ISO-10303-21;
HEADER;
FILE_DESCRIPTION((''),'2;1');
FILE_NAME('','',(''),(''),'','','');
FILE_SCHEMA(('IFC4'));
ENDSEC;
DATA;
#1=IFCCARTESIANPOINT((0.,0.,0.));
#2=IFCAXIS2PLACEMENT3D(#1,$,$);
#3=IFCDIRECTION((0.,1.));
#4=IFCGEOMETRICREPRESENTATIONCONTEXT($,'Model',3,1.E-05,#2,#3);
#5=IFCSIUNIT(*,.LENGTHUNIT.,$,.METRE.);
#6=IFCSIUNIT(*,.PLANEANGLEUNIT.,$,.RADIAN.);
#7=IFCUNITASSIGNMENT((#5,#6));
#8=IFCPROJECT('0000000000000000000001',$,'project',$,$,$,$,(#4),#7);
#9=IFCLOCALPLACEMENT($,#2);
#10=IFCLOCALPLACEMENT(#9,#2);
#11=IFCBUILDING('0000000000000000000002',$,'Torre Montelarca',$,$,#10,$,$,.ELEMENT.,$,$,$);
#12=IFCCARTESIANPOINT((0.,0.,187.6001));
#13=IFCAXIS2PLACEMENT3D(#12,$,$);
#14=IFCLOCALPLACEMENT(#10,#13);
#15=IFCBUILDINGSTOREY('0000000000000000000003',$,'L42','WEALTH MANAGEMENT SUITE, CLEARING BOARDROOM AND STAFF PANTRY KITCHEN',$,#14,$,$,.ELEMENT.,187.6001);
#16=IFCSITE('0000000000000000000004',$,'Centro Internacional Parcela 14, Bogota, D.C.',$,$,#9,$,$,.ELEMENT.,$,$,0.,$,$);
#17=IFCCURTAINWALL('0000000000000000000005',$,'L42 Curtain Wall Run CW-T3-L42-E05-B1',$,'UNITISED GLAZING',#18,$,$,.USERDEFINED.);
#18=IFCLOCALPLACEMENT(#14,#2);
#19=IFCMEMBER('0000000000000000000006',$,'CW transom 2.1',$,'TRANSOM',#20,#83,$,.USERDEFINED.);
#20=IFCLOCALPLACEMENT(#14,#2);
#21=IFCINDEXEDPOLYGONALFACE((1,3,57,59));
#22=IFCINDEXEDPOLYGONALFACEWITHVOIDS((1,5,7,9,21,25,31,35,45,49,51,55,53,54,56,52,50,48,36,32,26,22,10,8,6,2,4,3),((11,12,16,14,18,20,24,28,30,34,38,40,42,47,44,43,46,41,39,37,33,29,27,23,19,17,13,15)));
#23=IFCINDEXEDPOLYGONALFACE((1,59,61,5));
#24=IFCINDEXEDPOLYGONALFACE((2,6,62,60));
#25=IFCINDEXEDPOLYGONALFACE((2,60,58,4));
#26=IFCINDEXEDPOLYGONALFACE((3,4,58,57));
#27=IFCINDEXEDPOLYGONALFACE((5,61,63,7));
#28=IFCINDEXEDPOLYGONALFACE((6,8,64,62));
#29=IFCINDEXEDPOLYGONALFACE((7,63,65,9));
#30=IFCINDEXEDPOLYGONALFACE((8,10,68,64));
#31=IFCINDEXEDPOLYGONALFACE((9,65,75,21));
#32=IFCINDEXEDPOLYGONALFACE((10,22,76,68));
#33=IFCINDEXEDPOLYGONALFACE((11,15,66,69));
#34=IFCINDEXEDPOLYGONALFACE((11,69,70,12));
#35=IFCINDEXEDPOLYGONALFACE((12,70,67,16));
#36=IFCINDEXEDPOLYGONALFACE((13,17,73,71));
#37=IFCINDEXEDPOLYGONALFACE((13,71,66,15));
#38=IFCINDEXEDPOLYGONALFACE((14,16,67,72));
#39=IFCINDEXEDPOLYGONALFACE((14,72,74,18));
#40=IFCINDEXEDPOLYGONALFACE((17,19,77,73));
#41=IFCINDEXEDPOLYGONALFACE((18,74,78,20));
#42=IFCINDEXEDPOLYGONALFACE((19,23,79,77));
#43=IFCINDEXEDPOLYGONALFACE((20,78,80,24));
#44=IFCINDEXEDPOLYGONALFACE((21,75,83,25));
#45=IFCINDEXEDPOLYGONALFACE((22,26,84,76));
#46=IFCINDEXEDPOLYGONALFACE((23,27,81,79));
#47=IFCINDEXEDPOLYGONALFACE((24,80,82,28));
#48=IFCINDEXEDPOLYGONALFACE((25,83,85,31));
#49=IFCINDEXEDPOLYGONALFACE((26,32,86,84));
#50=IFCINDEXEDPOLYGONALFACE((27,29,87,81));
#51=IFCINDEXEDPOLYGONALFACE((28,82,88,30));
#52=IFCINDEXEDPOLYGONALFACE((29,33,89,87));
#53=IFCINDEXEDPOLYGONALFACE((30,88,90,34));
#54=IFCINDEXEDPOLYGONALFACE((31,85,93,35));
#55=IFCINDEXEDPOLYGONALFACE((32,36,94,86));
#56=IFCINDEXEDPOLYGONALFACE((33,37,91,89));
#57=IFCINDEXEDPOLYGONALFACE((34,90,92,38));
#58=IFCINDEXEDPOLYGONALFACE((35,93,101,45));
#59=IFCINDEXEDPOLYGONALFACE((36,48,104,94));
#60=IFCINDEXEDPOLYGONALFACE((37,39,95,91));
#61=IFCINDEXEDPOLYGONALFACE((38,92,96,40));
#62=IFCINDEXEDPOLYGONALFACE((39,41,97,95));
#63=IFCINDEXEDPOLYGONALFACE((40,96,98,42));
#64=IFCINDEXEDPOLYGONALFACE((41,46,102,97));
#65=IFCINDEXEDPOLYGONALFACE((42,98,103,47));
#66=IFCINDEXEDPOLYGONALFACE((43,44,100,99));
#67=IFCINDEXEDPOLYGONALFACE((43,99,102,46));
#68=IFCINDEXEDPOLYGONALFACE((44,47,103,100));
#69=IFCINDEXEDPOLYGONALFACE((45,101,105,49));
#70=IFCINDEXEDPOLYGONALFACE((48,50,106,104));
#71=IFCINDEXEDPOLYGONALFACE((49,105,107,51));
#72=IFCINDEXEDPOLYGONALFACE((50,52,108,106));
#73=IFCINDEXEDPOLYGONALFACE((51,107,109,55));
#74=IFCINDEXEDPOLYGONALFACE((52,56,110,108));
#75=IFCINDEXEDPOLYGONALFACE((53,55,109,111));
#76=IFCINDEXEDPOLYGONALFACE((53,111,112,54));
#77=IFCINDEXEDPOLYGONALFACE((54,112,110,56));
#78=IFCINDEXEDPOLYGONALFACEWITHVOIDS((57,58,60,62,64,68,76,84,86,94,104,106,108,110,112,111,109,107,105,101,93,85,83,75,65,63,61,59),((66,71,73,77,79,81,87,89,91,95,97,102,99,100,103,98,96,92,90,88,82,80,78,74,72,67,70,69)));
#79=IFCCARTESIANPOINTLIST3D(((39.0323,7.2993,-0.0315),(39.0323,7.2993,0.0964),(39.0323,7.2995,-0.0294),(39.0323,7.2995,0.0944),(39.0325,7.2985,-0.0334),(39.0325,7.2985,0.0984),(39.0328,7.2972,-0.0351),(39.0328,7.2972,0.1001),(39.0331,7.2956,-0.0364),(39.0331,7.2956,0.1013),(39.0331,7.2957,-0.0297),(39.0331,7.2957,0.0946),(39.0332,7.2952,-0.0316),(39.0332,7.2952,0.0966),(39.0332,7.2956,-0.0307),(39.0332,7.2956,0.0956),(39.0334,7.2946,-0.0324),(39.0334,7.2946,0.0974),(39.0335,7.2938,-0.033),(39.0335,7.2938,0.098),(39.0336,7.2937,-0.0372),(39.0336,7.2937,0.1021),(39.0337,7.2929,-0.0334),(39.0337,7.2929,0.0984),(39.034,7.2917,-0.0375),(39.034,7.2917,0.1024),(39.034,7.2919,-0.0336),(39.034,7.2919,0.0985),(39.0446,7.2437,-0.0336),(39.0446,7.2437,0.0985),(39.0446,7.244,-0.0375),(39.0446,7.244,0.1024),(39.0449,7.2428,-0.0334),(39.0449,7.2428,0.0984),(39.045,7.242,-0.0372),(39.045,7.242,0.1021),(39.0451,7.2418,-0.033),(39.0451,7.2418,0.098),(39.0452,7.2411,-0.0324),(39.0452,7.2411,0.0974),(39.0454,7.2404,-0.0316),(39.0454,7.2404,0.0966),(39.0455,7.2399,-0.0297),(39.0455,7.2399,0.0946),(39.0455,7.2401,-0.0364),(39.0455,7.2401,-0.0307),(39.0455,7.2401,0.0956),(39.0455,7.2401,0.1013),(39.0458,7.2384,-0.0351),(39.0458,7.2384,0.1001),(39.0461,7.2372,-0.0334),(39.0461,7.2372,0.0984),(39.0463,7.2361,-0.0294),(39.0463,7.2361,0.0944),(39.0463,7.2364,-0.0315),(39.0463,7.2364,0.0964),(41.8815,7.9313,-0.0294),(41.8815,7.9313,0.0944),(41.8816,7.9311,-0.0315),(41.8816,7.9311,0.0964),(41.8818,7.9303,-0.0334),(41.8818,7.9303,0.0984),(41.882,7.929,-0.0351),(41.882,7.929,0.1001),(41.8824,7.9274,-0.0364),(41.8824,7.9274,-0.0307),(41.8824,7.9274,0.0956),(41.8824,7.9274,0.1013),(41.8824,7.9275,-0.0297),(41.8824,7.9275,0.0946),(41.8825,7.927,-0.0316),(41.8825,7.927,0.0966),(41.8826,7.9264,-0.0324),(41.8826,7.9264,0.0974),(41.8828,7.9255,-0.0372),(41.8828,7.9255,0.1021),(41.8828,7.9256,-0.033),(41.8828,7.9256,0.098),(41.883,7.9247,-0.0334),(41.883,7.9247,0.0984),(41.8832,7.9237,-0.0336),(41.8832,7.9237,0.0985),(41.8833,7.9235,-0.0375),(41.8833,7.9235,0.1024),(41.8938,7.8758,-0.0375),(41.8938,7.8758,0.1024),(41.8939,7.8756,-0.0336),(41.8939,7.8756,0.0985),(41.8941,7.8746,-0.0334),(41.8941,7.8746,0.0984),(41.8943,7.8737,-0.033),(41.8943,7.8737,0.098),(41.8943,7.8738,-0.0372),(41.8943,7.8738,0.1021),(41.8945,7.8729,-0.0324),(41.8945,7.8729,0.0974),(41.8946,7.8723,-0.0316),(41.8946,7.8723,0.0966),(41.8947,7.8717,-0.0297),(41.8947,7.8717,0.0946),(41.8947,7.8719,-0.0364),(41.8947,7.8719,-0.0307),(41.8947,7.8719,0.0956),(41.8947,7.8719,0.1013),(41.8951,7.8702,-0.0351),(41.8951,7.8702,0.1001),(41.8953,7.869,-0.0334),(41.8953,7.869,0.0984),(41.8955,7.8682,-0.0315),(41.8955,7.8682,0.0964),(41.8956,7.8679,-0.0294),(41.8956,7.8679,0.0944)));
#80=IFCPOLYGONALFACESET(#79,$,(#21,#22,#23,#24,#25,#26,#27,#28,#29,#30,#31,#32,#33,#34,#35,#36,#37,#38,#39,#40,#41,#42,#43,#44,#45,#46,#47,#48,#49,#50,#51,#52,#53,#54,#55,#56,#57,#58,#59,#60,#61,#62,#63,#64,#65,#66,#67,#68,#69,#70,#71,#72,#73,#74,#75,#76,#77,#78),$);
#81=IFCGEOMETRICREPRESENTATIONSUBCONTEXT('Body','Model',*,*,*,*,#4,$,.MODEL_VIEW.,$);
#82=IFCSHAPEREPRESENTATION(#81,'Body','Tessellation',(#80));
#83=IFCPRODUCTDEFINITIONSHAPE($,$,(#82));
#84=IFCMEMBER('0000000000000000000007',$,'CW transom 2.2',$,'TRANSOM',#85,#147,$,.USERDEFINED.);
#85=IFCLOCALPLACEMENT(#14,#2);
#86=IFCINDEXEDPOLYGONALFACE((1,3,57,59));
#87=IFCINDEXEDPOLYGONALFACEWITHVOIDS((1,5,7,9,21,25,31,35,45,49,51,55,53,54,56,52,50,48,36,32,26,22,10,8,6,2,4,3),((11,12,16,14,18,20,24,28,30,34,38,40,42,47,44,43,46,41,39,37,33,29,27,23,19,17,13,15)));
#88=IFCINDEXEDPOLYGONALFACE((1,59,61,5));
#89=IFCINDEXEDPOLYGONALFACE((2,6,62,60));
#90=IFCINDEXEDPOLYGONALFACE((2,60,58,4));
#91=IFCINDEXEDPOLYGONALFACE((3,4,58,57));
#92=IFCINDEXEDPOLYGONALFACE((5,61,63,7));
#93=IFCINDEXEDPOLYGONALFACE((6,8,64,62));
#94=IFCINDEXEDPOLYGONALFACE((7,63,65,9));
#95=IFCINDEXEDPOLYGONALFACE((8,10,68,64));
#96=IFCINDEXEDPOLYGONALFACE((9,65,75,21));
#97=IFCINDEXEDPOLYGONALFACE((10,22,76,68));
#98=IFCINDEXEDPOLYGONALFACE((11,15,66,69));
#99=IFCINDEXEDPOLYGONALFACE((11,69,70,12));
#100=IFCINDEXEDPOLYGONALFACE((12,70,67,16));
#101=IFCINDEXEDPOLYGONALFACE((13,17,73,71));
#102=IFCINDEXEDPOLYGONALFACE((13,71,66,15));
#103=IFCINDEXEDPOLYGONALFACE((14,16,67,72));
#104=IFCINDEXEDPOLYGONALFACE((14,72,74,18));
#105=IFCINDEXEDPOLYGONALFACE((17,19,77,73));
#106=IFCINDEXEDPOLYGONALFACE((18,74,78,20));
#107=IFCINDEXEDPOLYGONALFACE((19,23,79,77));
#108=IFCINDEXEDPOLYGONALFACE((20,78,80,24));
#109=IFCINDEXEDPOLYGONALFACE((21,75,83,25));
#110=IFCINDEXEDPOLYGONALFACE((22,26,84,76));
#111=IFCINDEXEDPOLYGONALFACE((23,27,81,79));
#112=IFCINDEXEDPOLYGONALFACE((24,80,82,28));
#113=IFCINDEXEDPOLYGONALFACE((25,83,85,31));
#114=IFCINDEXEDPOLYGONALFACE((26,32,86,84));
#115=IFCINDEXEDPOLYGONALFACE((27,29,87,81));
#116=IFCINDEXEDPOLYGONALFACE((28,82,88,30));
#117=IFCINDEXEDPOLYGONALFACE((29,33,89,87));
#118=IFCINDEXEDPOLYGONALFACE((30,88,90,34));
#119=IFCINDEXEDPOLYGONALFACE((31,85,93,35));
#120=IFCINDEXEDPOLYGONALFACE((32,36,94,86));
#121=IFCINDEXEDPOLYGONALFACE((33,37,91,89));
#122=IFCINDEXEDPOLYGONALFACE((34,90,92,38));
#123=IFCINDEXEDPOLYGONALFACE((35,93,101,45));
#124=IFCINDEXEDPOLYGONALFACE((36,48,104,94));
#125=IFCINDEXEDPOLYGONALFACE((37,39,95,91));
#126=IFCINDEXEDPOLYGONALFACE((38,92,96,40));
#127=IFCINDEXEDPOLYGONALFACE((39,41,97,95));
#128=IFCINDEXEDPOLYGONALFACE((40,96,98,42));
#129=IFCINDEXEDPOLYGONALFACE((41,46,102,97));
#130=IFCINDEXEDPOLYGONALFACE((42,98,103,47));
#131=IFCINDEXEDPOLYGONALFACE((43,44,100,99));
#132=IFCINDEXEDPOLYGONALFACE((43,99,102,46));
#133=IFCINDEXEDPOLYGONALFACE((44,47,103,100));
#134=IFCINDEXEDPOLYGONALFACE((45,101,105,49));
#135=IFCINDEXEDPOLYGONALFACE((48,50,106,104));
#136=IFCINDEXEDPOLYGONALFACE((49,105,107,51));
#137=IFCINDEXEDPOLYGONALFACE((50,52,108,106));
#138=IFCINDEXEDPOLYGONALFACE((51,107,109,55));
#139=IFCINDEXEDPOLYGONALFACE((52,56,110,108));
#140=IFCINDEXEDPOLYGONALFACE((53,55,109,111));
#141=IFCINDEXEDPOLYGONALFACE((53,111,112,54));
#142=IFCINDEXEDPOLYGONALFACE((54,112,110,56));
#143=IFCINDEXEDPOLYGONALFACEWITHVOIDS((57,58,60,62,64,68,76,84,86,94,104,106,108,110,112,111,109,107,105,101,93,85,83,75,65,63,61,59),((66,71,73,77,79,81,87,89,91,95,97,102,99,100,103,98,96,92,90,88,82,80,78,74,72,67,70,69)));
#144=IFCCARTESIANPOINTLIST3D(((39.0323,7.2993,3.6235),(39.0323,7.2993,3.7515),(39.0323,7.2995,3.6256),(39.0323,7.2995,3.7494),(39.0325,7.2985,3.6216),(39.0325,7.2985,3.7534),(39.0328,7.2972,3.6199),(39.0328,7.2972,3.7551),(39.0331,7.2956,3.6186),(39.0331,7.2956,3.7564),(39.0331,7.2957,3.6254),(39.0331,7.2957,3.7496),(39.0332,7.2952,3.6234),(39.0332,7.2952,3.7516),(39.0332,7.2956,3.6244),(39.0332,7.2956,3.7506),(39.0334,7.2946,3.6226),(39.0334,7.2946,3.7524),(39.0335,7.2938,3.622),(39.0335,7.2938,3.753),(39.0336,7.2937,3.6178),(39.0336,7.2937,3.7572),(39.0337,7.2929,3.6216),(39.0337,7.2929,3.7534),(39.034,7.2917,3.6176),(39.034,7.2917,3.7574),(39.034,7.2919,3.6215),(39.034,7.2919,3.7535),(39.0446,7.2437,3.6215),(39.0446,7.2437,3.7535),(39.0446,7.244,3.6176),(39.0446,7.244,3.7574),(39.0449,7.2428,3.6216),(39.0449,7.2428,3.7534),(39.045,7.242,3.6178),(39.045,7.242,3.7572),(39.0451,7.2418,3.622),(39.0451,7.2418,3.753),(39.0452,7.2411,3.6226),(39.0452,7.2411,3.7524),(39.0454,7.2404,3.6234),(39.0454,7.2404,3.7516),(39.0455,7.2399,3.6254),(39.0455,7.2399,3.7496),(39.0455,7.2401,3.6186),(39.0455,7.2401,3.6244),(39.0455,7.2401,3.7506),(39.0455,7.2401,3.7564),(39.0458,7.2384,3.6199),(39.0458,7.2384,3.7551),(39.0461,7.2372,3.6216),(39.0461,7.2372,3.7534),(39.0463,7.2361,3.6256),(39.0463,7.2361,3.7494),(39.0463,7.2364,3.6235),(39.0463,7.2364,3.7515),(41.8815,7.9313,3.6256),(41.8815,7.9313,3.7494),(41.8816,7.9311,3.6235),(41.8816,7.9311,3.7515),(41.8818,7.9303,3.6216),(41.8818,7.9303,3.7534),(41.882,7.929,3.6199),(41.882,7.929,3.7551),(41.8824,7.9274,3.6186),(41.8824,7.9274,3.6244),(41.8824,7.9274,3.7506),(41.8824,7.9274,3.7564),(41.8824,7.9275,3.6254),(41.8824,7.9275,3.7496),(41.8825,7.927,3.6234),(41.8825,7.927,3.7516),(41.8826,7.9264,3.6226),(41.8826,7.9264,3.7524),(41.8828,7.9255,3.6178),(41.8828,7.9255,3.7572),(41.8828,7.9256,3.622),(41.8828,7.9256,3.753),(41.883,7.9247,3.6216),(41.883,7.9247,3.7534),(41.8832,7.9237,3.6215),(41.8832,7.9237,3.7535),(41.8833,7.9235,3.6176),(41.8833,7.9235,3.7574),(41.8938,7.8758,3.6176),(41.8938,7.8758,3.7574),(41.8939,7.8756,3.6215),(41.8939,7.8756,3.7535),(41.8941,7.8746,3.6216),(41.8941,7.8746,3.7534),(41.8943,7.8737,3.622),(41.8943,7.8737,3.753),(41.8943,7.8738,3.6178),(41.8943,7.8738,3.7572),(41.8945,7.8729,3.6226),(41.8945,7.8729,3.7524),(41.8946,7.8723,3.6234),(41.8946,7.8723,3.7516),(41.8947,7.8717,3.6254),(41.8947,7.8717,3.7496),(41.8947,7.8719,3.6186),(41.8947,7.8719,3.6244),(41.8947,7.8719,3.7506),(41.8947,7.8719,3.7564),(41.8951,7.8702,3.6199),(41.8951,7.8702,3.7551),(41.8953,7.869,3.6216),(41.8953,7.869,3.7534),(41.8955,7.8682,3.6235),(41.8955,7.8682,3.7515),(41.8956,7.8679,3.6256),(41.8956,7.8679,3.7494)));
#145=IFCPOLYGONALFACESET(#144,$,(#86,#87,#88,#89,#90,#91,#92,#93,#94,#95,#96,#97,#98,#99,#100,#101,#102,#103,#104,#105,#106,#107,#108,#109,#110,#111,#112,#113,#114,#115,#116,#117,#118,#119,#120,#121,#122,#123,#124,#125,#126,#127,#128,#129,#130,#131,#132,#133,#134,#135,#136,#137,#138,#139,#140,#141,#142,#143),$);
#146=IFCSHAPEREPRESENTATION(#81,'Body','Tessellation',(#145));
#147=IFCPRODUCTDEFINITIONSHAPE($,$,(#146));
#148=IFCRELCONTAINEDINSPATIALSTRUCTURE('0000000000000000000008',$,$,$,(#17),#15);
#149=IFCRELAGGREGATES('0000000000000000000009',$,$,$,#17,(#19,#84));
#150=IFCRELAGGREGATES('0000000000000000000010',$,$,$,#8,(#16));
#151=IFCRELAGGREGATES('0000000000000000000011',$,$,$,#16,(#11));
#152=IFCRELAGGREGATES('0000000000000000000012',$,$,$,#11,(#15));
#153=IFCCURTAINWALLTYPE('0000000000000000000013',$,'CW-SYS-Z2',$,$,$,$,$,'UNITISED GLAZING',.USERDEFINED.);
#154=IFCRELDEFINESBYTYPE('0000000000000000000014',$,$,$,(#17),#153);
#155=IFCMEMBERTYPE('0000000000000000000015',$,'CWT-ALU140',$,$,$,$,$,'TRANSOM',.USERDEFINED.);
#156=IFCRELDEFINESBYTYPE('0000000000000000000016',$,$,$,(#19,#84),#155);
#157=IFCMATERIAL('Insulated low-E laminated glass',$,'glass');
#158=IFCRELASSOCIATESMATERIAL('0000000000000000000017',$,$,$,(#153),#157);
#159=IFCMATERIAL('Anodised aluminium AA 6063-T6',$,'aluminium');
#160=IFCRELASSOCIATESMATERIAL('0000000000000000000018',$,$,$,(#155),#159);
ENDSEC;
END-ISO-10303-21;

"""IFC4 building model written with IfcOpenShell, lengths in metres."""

from ifc_helpers import new_model, si_unit, direction, frame, origin, origin_2d, place, context, subcontext, project, spatial, hollow_rectangle, extrude, source, transform, mapped, material, material_profile, profile_set, type_object, element, aggregate, save


model = new_model("IFC4")

# Units and contexts
model_context = context("Model", 3, precision=1e-05, world=origin(), true_north=direction((0.0, 1.0)))
body_context = subcontext(model_context, "Body", "Model", "MODEL_VIEW")
ifc_project = project(units=[si_unit("LENGTHUNIT", "METRE"), si_unit("PLANEANGLEUNIT", "RADIAN")], contexts=[model_context])

# Site, building, storey
site_placement = place(None, origin())
site = spatial("IfcSite", under=ifc_project, at=site_placement, Name="Centro Internacional Parcela 14, Bogota, D.C.", CompositionType="ELEMENT", RefElevation=0.0)
building_placement = place(site_placement, origin())
building = spatial("IfcBuilding", under=site, at=building_placement, Name="Torre Montelarca", CompositionType="ELEMENT")
storey_placement = place(building_placement, frame((0.0, 0.0, 187.6001)))
storey = spatial("IfcBuildingStorey", under=building, at=storey_placement, Name="L42", Description="WEALTH MANAGEMENT SUITE, CLEARING BOARDROOM AND STAFF PANTRY KITCHEN", CompositionType="ELEMENT", Elevation=187.6001)

# Curtain wall
ifc_material_1 = material(Name="Insulated low-E laminated glass", Category="glass")
curtain_wall_type = type_object("IfcCurtainWallType", Name="CW-SYS-Z2", ElementType="UNITISED GLAZING", PredefinedType="USERDEFINED", material=ifc_material_1)
curtain_wall_1_placement = place(storey_placement, origin())
curtain_wall_1 = element("IfcCurtainWall", 1, at=curtain_wall_1_placement, inside=storey, type_object=curtain_wall_type, Name="L42 Curtain Wall Run CW-T3-L42-E05-B1", ObjectType="UNITISED GLAZING", PredefinedType="USERDEFINED")
ifc_material_2 = material(Name="Anodised aluminium AA 6063-T6", Category="aluminium")
ifc_material_profile_1 = material_profile(ifc_material_2, hollow_rectangle(XDim=0.0649, YDim=0.1399, WallThickness=0.0039, InnerFilletRadius=0.0039, OuterFilletRadius=0.0081, at=origin_2d()), Name="ALU65X140X4", Category="aluminium")
ifc_profile_set_1 = profile_set([ifc_material_profile_1], Name="Anodised aluminium AA 6063-T6")
member_type_1 = type_object("IfcMemberType", Name="CWT-ALU140", ElementType="TRANSOM", PredefinedType="USERDEFINED", material=ifc_profile_set_1)

# Members
shared_shape_1 = source(origin(), body_context, "Body", "SweptSolid", [
    extrude(hollow_rectangle(XDim=0.0649, YDim=0.1399, WallThickness=0.0039, InnerFilletRadius=0.0039, OuterFilletRadius=0.0081, at=origin_2d()), origin(), (0.0, 0.0, 1.0), 2.9185),
])
member_1_placement = place(storey_placement, frame((39.0393, 7.2678, 0.0325), z_axis=(0.976285, 0.216488, 0.0), x_axis=(-0.216488, 0.976285, 0.0)))
member_1 = element("IfcMember", 2, at=member_1_placement, type_object=member_type_1, Name="CW transom 2.1", ObjectType="TRANSOM", PredefinedType="USERDEFINED", context=body_context, shape_type="MappedRepresentation", body=[
    mapped(shared_shape_1, transform((0.0, 0.0, 0.0), scale=1.0)),
])
member_2_placement = place(storey_placement, frame((39.0393, 7.2678, 3.6875), z_axis=(0.976285, 0.216488, 0.0), x_axis=(-0.216488, 0.976285, 0.0)))
member_2 = element("IfcMember", 3, at=member_2_placement, type_object=member_type_1, Name="CW transom 2.2", ObjectType="TRANSOM", PredefinedType="USERDEFINED", context=body_context, shape_type="MappedRepresentation", body=[
    mapped(shared_shape_1, transform((0.0, 0.0, 0.0), scale=1.0)),
])

aggregate(curtain_wall_1, [member_1, member_2])

save(model, "model.ifc")
